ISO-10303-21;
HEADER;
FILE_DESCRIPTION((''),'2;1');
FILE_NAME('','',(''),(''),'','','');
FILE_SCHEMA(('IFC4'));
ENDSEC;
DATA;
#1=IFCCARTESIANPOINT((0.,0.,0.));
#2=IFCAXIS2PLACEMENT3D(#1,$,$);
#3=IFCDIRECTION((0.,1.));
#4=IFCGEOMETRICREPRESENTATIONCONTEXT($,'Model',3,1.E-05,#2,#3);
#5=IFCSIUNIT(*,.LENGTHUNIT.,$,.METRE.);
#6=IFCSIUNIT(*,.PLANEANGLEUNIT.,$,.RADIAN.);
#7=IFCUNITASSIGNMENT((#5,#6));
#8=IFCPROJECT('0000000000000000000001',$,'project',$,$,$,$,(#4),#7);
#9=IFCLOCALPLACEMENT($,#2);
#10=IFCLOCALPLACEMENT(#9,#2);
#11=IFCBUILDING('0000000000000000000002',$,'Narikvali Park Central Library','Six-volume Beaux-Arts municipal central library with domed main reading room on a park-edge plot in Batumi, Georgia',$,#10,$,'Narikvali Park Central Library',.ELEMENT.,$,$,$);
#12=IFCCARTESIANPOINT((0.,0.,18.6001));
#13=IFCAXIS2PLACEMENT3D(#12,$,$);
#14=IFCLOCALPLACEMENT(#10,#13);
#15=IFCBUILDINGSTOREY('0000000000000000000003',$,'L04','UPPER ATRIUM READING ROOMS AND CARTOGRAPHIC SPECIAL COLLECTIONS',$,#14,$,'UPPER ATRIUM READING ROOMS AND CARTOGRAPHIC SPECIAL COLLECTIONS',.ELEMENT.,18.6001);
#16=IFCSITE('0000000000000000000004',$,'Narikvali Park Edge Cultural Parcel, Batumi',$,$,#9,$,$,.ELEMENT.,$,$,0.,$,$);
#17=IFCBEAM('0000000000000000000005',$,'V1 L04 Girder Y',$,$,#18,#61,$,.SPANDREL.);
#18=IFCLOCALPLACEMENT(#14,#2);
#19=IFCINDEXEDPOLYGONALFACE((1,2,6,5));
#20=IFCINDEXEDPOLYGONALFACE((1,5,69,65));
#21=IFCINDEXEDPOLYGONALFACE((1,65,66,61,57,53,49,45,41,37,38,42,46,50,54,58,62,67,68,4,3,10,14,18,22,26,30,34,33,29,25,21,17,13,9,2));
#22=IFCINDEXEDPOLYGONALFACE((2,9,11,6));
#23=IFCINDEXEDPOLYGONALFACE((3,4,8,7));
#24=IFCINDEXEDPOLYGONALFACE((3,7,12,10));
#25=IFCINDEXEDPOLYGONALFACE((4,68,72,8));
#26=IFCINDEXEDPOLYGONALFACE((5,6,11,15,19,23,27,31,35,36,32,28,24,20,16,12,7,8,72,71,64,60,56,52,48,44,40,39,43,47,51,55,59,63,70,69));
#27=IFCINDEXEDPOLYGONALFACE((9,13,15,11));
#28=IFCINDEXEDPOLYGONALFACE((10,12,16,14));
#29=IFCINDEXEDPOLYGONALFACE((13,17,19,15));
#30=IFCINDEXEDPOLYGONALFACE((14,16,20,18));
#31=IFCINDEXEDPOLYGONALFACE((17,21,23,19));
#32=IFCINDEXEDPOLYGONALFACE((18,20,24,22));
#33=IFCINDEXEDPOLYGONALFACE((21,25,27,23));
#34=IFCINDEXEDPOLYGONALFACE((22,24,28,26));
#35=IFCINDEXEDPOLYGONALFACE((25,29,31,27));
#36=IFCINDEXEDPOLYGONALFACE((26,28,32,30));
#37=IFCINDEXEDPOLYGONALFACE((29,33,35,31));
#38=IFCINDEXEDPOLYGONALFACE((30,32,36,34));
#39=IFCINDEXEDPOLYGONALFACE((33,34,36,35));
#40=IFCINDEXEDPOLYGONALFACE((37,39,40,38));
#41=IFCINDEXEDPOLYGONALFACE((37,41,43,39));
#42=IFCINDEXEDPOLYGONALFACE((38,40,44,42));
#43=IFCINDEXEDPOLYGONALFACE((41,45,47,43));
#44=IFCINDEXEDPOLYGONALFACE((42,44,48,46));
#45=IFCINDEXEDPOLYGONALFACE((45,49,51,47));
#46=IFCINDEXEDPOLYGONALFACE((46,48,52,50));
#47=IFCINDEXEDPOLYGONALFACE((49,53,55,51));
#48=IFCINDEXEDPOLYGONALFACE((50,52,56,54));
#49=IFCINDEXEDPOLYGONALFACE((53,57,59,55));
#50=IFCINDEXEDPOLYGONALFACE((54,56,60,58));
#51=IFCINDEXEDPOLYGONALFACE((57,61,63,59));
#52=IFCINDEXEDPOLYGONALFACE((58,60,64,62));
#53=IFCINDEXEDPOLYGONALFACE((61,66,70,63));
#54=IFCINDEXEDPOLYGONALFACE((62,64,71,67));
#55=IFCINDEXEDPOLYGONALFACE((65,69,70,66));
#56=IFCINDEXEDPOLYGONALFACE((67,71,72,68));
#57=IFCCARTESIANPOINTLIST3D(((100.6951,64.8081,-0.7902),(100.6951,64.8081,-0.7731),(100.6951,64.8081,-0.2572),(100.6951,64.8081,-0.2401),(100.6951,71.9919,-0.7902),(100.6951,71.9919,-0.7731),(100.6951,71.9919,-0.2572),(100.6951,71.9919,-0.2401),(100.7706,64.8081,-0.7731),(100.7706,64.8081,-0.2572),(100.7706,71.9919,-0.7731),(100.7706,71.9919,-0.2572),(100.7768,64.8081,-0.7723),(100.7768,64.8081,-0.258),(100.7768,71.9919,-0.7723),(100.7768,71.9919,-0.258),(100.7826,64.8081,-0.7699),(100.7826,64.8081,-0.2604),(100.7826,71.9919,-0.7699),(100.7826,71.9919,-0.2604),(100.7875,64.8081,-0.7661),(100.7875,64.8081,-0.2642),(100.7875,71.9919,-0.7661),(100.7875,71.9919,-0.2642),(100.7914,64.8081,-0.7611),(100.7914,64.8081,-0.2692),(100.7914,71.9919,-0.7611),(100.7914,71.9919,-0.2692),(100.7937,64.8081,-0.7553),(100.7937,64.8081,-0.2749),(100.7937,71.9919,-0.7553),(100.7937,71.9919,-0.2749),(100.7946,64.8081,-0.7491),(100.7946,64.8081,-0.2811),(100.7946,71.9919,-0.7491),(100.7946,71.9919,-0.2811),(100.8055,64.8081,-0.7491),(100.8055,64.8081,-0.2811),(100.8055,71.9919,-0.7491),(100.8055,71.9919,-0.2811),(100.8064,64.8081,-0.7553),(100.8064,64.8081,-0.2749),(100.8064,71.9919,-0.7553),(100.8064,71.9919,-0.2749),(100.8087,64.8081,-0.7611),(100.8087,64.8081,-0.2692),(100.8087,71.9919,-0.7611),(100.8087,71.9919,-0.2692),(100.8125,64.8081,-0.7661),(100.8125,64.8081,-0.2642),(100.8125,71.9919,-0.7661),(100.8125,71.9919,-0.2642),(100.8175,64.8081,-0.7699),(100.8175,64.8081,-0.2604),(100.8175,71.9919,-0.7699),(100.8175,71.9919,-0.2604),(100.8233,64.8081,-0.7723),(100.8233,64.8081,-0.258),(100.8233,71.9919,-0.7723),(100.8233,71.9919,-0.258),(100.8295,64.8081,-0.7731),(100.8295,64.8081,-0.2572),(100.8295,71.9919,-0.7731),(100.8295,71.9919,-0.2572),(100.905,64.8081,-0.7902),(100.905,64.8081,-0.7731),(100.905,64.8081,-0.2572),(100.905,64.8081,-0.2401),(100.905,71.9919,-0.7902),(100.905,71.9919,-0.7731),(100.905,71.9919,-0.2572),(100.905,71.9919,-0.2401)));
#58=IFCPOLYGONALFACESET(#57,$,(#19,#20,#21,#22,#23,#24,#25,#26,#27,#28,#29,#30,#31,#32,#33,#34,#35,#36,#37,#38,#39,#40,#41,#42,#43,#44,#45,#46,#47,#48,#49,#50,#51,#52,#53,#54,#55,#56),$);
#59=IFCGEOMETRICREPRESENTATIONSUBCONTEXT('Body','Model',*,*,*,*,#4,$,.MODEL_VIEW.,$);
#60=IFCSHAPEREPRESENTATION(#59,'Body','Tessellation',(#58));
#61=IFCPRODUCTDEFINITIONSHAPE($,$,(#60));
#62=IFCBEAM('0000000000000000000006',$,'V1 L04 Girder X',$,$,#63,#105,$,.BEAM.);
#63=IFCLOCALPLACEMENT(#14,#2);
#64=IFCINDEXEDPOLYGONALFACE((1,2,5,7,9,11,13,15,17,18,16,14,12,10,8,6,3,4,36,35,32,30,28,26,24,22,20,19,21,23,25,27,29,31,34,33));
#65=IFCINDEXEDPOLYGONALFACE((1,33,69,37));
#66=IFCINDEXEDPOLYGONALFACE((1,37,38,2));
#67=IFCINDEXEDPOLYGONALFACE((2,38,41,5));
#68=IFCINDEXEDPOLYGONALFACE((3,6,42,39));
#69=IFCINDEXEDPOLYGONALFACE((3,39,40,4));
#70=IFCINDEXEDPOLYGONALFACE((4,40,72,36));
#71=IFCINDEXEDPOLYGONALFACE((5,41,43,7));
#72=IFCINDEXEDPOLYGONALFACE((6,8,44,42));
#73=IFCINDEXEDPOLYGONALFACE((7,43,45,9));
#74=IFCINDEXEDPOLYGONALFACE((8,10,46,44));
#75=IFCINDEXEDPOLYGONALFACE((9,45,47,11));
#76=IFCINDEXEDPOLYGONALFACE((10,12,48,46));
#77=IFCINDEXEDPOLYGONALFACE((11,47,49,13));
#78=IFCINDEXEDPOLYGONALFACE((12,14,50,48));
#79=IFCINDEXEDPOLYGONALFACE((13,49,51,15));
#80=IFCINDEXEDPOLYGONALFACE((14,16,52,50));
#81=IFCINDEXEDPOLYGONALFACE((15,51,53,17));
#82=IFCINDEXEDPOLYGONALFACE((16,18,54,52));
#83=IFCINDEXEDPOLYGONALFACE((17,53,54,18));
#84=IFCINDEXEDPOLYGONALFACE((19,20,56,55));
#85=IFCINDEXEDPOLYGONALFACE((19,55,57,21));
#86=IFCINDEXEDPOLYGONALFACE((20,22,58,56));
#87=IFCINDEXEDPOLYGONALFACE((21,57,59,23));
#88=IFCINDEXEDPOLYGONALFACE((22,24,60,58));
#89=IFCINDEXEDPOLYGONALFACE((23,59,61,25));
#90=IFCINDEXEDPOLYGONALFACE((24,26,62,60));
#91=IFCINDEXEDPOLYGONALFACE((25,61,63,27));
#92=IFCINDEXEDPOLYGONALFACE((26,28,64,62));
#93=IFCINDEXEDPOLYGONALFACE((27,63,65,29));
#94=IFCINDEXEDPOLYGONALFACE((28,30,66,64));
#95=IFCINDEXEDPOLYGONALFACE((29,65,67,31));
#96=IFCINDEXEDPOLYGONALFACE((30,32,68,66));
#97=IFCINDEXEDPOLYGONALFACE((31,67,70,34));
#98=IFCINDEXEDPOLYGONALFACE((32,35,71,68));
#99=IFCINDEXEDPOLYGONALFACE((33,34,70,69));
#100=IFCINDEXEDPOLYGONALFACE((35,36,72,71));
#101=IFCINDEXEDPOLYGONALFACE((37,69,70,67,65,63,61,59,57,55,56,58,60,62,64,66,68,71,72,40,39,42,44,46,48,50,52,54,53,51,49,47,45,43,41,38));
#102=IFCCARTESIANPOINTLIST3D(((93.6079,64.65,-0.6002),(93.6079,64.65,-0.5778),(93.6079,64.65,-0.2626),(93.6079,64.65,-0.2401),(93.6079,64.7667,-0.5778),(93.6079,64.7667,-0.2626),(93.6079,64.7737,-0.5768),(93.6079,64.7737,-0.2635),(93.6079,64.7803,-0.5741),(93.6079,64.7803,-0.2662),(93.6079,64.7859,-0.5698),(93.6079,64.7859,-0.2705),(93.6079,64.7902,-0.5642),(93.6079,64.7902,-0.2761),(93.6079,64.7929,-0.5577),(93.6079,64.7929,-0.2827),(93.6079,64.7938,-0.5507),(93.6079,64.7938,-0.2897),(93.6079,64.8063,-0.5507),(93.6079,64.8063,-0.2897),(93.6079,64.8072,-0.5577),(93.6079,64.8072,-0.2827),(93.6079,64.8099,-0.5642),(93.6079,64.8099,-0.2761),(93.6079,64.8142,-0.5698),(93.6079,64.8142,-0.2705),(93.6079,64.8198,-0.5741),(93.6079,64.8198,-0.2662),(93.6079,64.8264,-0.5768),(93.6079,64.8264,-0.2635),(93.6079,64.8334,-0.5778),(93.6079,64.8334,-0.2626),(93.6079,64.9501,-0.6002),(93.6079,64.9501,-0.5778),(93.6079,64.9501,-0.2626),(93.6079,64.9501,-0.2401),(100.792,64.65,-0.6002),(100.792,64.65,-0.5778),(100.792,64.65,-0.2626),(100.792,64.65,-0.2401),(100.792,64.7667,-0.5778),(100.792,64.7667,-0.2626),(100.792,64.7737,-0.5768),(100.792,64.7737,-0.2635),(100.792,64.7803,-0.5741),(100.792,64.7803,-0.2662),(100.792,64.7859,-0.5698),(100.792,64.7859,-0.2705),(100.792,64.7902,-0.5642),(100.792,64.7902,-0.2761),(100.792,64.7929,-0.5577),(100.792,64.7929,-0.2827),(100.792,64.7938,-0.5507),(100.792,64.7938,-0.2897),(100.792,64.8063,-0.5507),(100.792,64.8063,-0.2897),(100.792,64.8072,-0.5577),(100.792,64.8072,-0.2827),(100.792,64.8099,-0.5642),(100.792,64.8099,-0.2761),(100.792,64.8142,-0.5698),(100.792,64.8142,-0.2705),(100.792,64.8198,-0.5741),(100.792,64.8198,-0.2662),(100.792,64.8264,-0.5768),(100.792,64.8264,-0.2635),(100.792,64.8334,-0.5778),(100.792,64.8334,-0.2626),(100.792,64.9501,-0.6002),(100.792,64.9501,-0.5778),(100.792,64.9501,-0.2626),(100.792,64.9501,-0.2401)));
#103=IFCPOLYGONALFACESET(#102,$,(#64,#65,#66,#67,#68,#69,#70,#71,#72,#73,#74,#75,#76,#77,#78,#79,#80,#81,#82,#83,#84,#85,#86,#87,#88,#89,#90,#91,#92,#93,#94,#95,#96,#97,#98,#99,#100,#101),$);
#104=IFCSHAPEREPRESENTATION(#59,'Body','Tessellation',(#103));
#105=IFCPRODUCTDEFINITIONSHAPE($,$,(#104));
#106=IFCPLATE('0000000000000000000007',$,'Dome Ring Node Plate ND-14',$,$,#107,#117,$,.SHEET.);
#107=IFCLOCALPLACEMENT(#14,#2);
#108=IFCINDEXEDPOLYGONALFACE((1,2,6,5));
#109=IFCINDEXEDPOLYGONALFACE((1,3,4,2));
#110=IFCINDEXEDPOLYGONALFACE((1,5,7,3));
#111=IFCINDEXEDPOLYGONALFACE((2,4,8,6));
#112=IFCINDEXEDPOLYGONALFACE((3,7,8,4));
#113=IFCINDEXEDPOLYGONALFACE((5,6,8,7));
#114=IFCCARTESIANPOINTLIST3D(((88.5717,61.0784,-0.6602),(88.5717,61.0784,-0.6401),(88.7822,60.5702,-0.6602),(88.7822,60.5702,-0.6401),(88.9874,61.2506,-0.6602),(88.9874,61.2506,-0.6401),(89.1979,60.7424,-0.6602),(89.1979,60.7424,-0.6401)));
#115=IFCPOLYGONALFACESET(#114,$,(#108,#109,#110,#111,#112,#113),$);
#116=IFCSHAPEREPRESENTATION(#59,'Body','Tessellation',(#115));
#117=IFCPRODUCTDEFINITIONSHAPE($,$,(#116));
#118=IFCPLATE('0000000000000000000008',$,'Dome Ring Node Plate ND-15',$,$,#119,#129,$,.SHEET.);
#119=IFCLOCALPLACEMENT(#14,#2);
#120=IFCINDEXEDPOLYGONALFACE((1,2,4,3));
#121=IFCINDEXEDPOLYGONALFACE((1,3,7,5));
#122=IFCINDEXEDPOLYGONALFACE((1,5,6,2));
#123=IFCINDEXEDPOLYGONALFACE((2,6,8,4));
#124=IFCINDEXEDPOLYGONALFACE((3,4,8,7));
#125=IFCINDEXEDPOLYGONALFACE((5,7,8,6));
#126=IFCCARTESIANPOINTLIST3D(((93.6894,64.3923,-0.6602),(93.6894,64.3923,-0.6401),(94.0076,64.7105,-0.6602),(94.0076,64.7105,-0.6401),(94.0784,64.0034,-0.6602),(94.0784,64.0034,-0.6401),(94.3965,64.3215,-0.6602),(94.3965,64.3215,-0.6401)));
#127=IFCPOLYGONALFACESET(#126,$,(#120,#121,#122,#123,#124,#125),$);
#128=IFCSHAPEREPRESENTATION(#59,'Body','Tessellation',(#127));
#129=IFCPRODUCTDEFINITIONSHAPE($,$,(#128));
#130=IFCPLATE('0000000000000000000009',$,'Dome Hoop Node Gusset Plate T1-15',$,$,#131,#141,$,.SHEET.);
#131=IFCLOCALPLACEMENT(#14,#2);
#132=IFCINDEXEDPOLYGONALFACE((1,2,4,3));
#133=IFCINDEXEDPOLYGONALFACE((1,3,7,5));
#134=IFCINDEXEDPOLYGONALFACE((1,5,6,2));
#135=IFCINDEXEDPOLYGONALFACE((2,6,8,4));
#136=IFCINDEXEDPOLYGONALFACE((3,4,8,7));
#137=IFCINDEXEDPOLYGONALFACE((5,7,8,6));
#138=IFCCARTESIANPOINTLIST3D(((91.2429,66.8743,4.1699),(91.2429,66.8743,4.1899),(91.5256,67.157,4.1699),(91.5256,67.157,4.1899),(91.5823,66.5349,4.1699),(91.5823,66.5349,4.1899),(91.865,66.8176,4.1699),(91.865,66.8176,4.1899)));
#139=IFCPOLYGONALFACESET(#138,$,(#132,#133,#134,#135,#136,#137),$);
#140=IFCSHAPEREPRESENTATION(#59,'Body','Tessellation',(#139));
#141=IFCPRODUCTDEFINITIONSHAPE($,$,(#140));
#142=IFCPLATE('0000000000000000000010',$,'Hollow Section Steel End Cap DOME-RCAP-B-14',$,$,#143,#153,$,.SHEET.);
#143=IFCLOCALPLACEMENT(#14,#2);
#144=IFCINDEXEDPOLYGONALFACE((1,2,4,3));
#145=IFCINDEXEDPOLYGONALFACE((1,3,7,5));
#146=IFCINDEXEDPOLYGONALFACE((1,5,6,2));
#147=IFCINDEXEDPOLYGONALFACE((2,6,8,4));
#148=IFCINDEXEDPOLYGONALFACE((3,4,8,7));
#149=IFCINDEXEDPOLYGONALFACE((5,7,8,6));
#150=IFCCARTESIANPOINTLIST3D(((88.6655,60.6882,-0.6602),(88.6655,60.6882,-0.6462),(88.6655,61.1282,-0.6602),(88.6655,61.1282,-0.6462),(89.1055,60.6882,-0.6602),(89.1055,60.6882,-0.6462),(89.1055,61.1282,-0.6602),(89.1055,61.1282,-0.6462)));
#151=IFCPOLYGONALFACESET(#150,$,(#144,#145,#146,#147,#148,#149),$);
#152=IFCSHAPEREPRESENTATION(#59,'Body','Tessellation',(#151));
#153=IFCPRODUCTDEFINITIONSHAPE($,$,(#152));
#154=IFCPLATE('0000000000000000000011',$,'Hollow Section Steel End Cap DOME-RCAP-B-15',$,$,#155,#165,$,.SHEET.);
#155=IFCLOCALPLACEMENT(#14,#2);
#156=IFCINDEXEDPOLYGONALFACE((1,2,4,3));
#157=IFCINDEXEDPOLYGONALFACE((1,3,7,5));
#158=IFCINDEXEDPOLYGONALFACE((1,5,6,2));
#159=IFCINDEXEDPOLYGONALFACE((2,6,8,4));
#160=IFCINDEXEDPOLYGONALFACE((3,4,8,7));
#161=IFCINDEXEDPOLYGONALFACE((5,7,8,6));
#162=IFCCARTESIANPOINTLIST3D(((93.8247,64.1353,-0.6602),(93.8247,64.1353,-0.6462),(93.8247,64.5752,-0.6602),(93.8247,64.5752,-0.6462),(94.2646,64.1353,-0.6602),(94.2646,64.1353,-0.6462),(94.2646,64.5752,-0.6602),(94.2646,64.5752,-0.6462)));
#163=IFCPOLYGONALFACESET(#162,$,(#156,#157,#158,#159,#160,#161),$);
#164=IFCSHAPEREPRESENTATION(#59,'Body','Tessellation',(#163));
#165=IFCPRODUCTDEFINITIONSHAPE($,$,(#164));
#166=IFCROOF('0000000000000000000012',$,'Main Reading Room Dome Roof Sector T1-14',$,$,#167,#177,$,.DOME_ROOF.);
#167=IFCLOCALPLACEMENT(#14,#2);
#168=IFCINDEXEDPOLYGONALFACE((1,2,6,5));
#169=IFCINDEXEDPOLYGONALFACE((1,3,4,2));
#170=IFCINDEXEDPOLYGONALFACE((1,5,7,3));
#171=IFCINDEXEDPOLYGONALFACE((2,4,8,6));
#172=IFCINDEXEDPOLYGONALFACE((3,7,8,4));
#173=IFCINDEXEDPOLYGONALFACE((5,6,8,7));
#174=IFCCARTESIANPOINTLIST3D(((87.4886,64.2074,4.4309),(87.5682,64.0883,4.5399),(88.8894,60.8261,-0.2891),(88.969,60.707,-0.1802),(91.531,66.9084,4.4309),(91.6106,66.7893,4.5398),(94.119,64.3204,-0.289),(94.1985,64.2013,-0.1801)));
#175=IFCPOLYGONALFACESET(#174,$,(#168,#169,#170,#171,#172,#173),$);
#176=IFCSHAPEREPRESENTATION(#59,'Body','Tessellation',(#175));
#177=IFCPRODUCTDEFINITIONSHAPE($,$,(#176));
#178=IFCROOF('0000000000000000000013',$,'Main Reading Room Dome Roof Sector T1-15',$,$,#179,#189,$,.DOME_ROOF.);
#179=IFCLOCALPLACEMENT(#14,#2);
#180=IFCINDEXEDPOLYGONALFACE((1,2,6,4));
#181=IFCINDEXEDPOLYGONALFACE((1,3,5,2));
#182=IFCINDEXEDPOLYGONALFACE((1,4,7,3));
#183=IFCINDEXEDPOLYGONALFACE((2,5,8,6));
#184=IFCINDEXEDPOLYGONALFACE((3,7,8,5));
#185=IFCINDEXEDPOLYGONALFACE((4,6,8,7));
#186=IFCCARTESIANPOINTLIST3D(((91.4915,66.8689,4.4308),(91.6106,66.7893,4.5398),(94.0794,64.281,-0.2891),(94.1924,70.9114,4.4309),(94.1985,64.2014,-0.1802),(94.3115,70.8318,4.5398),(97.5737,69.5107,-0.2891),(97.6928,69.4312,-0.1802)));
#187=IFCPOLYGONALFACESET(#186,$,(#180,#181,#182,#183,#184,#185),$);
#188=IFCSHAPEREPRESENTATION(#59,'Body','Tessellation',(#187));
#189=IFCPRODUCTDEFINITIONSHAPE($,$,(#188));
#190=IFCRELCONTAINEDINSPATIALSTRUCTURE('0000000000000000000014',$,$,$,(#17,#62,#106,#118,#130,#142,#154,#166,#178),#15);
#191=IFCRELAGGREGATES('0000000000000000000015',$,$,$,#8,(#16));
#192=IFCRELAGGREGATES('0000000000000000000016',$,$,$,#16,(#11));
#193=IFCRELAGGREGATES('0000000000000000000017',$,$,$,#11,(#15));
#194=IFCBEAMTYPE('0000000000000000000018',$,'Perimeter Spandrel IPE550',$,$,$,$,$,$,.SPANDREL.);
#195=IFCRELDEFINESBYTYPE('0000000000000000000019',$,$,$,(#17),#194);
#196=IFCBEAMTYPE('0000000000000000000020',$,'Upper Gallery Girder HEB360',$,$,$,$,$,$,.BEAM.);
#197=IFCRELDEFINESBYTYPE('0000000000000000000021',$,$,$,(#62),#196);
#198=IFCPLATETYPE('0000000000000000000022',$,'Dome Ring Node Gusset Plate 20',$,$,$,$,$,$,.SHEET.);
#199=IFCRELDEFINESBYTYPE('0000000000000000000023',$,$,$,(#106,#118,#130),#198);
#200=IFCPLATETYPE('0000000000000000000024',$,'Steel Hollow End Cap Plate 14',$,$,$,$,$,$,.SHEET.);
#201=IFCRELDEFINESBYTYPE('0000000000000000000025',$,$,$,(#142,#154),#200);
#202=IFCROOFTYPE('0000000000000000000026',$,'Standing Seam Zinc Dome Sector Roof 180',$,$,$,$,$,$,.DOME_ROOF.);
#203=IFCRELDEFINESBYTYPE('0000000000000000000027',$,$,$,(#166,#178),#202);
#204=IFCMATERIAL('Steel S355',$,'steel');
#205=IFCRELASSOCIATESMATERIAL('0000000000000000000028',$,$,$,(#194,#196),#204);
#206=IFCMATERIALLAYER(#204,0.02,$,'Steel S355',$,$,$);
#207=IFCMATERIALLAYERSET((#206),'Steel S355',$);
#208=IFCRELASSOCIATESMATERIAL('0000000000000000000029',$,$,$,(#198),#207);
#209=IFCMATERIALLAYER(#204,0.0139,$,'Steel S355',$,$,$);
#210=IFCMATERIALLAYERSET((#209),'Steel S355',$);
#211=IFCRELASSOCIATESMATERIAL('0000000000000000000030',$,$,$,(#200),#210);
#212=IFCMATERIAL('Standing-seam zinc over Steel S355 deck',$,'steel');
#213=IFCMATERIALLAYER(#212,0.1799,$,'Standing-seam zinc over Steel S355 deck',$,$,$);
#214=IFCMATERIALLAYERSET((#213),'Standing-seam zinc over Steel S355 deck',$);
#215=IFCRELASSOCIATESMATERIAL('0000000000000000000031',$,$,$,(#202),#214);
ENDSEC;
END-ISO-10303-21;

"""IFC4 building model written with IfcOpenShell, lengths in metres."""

from ifc_helpers import new_model, si_unit, direction, frame, origin, origin_2d, place, context, subcontext, project, spatial, polyline, rectangle, i_section, outline, extrude, material, layer, layer_set, material_profile, profile_set, type_object, element, save


model = new_model("IFC4")

# Units and contexts
model_context = context("Model", 3, precision=1e-05, world=origin(), true_north=direction((0.0, 1.0)))
body_context = subcontext(model_context, "Body", "Model", "MODEL_VIEW")
ifc_project = project(units=[si_unit("LENGTHUNIT", "METRE"), si_unit("PLANEANGLEUNIT", "RADIAN")], contexts=[model_context])

# Site, building, storey
site_placement = place(None, origin())
site = spatial("IfcSite", under=ifc_project, at=site_placement, Name="Narikvali Park Edge Cultural Parcel, Batumi", CompositionType="ELEMENT", RefElevation=0.0)
building_placement = place(site_placement, origin())
building = spatial("IfcBuilding", under=site, at=building_placement, Name="Narikvali Park Central Library", Description="Six-volume Beaux-Arts municipal central library with domed main reading room on a park-edge plot in Batumi, Georgia", LongName="Narikvali Park Central Library", CompositionType="ELEMENT")
storey_placement = place(building_placement, frame((0.0, 0.0, 18.6001)))
storey = spatial("IfcBuildingStorey", under=building, at=storey_placement, Name="L04", Description="UPPER ATRIUM READING ROOMS AND CARTOGRAPHIC SPECIAL COLLECTIONS", LongName="UPPER ATRIUM READING ROOMS AND CARTOGRAPHIC SPECIAL COLLECTIONS", CompositionType="ELEMENT", Elevation=18.6001)

# Shared definitions
ifc_material_1 = material(Name="Steel S355", Category="steel")

# Beams
ifc_material_profile_1 = material_profile(ifc_material_1, i_section(OverallWidth=0.21, OverallDepth=0.55, WebThickness=0.011, FlangeThickness=0.0171, FilletRadius=0.0239, at=origin_2d()), Name="IPE 550")
ifc_profile_set_1 = profile_set([ifc_material_profile_1], Name="Steel S355")
beam_type_1 = type_object("IfcBeamType", Name="Perimeter Spandrel IPE550", PredefinedType="SPANDREL", material=ifc_profile_set_1)
beam_1_placement = place(storey_placement, frame((100.8, 64.8081, -0.5151), z_axis=(0.0, 1.0, 0.0), x_axis=(-1.0, 0.0, 0.0)))
element("IfcBeam", 1, at=beam_1_placement, inside=storey, type_object=beam_type_1, Name="V1 L04 Girder Y", PredefinedType="SPANDREL", context=body_context, shape_type="SweptSolid", body=[
    extrude(i_section(OverallWidth=0.21, OverallDepth=0.55, WebThickness=0.011, FlangeThickness=0.0171, FilletRadius=0.0239, at=origin_2d()), origin(), (0.0, 0.0, 1.0), 7.1838),
])
ifc_material_profile_2 = material_profile(ifc_material_1, i_section(OverallWidth=0.3, OverallDepth=0.3601, WebThickness=0.0125, FlangeThickness=0.0225, FilletRadius=0.0271, at=origin_2d()), Name="HEB 360")
ifc_profile_set_2 = profile_set([ifc_material_profile_2], Name="Steel S355")
beam_type_2 = type_object("IfcBeamType", Name="Upper Gallery Girder HEB360", PredefinedType="BEAM", material=ifc_profile_set_2)
beam_2_placement = place(storey_placement, frame((93.6079, 64.8, -0.4202), z_axis=(1.0, 0.0, 0.0), x_axis=(0.0, 1.0, 0.0)))
element("IfcBeam", 2, at=beam_2_placement, inside=storey, type_object=beam_type_2, Name="V1 L04 Girder X", PredefinedType="BEAM", context=body_context, shape_type="SweptSolid", body=[
    extrude(i_section(OverallWidth=0.3, OverallDepth=0.3601, WebThickness=0.0125, FlangeThickness=0.0225, FilletRadius=0.0271, at=origin_2d()), origin(), (0.0, 0.0, 1.0), 7.1841),
])

# Plates
ifc_layer_1 = layer(ifc_material_1, 0.02, Name="Steel S355")
ifc_layer_set_1 = layer_set([ifc_layer_1], Name="Steel S355")
plate_type_1 = type_object("IfcPlateType", Name="Dome Ring Node Gusset Plate 20", PredefinedType="SHEET", material=ifc_layer_set_1)
for number, where, z_axis, x_axis, name in (
    (3, (88.8848, 60.9104, -0.6602), (0.0, 0.0, 1.0), (0.382683, -0.92388, 0.0), "Dome Ring Node Plate ND-14"),
    (4, (94.043, 64.3569, -0.6602), (0.0, 0.0, 1.0), (0.707107, -0.707107, 0.0), "Dome Ring Node Plate ND-15"),
):
    element("IfcPlate", number, at=place(storey_placement, frame(where, z_axis=z_axis, x_axis=x_axis)), inside=storey, type_object=plate_type_1, Name=name, PredefinedType="SHEET", context=body_context, shape_type="SweptSolid", body=[
        extrude(rectangle(XDim=0.55, YDim=0.45, at=origin_2d()), origin(), (0.0, 0.0, 1.0), 0.02),
    ])
plate_placement = place(storey_placement, frame((91.554, 66.8459, 4.1699), z_axis=(0.0, 0.0, 1.0), x_axis=(0.707107, -0.707107, 0.0)))
element("IfcPlate", 5, at=plate_placement, inside=storey, type_object=plate_type_1, Name="Dome Hoop Node Gusset Plate T1-15", PredefinedType="SHEET", context=body_context, shape_type="SweptSolid", body=[
    extrude(rectangle(XDim=0.48, YDim=0.3999, at=origin_2d()), origin(), (0.0, 0.0, 1.0), 0.02),
])
ifc_layer_2 = layer(ifc_material_1, 0.0139, Name="Steel S355")
ifc_layer_set_2 = layer_set([ifc_layer_2], Name="Steel S355")
plate_type_2 = type_object("IfcPlateType", Name="Steel Hollow End Cap Plate 14", PredefinedType="SHEET", material=ifc_layer_set_2)
for number, where, z_axis, x_axis, name in (
    (6, (88.8855, 60.9082, -0.6602), (0.0, 0.0, 1.0), (1.0, 0.0, 0.0), "Hollow Section Steel End Cap DOME-RCAP-B-14"),
    (7, (94.0447, 64.3552, -0.6602), (0.0, 0.0, 1.0), (1.0, 0.0, 0.0), "Hollow Section Steel End Cap DOME-RCAP-B-15"),
):
    element("IfcPlate", number, at=place(storey_placement, frame(where, z_axis=z_axis, x_axis=x_axis)), inside=storey, type_object=plate_type_2, Name=name, PredefinedType="SHEET", context=body_context, shape_type="SweptSolid", body=[
        extrude(rectangle(XDim=0.4399, YDim=0.4399, at=origin_2d()), origin(), (0.0, 0.0, 1.0), 0.0139),
    ])

# Roofs
ifc_material_2 = material(Name="Standing-seam zinc over Steel S355 deck", Category="steel")
ifc_layer_3 = layer(ifc_material_2, 0.1799, Name="Standing-seam zinc over Steel S355 deck")
ifc_layer_set_3 = layer_set([ifc_layer_3], Name="Standing-seam zinc over Steel S355 deck")
roof_type = type_object("IfcRoofType", Name="Standing Seam Zinc Dome Sector Roof 180", PredefinedType="DOME_ROOF", material=ifc_layer_set_3)
roof_1_placement = place(storey_placement, frame((88.969, 60.707, -0.1802), z_axis=(0.442212, -0.661819, 0.605347), x_axis=(0.831466, 0.555575, 0.00001)))
element("IfcRoof", 8, at=roof_1_placement, inside=storey, type_object=roof_type, Name="Main Reading Room Dome Roof Sector T1-14", PredefinedType="DOME_ROOF", context=body_context, shape_type="SweptSolid", body=[
    extrude(outline(polyline([(0.0, 0.0), (6.2895, 0.0), (5.5756, 5.9298), (0.7139, 5.93), (0.0, 0.0)])), origin(), (0.0, 0.0, -1.0), 0.1799),
])
roof_2_placement = place(storey_placement, frame((94.1985, 64.2014, -0.1802), z_axis=(0.661829, -0.442207, 0.605339), x_axis=(0.555562, 0.831475, -0.000006)))
element("IfcRoof", 9, at=roof_2_placement, inside=storey, type_object=roof_type, Name="Main Reading Room Dome Roof Sector T1-15", PredefinedType="DOME_ROOF", context=body_context, shape_type="SweptSolid", body=[
    extrude(outline(polyline([(0.0, 0.0), (6.2897, 0.0), (5.5758, 5.9299), (0.714, 5.9298), (0.0, 0.0)])), origin(), (0.0, 0.0, -1.0), 0.1799),
])

save(model, "model.ifc")
